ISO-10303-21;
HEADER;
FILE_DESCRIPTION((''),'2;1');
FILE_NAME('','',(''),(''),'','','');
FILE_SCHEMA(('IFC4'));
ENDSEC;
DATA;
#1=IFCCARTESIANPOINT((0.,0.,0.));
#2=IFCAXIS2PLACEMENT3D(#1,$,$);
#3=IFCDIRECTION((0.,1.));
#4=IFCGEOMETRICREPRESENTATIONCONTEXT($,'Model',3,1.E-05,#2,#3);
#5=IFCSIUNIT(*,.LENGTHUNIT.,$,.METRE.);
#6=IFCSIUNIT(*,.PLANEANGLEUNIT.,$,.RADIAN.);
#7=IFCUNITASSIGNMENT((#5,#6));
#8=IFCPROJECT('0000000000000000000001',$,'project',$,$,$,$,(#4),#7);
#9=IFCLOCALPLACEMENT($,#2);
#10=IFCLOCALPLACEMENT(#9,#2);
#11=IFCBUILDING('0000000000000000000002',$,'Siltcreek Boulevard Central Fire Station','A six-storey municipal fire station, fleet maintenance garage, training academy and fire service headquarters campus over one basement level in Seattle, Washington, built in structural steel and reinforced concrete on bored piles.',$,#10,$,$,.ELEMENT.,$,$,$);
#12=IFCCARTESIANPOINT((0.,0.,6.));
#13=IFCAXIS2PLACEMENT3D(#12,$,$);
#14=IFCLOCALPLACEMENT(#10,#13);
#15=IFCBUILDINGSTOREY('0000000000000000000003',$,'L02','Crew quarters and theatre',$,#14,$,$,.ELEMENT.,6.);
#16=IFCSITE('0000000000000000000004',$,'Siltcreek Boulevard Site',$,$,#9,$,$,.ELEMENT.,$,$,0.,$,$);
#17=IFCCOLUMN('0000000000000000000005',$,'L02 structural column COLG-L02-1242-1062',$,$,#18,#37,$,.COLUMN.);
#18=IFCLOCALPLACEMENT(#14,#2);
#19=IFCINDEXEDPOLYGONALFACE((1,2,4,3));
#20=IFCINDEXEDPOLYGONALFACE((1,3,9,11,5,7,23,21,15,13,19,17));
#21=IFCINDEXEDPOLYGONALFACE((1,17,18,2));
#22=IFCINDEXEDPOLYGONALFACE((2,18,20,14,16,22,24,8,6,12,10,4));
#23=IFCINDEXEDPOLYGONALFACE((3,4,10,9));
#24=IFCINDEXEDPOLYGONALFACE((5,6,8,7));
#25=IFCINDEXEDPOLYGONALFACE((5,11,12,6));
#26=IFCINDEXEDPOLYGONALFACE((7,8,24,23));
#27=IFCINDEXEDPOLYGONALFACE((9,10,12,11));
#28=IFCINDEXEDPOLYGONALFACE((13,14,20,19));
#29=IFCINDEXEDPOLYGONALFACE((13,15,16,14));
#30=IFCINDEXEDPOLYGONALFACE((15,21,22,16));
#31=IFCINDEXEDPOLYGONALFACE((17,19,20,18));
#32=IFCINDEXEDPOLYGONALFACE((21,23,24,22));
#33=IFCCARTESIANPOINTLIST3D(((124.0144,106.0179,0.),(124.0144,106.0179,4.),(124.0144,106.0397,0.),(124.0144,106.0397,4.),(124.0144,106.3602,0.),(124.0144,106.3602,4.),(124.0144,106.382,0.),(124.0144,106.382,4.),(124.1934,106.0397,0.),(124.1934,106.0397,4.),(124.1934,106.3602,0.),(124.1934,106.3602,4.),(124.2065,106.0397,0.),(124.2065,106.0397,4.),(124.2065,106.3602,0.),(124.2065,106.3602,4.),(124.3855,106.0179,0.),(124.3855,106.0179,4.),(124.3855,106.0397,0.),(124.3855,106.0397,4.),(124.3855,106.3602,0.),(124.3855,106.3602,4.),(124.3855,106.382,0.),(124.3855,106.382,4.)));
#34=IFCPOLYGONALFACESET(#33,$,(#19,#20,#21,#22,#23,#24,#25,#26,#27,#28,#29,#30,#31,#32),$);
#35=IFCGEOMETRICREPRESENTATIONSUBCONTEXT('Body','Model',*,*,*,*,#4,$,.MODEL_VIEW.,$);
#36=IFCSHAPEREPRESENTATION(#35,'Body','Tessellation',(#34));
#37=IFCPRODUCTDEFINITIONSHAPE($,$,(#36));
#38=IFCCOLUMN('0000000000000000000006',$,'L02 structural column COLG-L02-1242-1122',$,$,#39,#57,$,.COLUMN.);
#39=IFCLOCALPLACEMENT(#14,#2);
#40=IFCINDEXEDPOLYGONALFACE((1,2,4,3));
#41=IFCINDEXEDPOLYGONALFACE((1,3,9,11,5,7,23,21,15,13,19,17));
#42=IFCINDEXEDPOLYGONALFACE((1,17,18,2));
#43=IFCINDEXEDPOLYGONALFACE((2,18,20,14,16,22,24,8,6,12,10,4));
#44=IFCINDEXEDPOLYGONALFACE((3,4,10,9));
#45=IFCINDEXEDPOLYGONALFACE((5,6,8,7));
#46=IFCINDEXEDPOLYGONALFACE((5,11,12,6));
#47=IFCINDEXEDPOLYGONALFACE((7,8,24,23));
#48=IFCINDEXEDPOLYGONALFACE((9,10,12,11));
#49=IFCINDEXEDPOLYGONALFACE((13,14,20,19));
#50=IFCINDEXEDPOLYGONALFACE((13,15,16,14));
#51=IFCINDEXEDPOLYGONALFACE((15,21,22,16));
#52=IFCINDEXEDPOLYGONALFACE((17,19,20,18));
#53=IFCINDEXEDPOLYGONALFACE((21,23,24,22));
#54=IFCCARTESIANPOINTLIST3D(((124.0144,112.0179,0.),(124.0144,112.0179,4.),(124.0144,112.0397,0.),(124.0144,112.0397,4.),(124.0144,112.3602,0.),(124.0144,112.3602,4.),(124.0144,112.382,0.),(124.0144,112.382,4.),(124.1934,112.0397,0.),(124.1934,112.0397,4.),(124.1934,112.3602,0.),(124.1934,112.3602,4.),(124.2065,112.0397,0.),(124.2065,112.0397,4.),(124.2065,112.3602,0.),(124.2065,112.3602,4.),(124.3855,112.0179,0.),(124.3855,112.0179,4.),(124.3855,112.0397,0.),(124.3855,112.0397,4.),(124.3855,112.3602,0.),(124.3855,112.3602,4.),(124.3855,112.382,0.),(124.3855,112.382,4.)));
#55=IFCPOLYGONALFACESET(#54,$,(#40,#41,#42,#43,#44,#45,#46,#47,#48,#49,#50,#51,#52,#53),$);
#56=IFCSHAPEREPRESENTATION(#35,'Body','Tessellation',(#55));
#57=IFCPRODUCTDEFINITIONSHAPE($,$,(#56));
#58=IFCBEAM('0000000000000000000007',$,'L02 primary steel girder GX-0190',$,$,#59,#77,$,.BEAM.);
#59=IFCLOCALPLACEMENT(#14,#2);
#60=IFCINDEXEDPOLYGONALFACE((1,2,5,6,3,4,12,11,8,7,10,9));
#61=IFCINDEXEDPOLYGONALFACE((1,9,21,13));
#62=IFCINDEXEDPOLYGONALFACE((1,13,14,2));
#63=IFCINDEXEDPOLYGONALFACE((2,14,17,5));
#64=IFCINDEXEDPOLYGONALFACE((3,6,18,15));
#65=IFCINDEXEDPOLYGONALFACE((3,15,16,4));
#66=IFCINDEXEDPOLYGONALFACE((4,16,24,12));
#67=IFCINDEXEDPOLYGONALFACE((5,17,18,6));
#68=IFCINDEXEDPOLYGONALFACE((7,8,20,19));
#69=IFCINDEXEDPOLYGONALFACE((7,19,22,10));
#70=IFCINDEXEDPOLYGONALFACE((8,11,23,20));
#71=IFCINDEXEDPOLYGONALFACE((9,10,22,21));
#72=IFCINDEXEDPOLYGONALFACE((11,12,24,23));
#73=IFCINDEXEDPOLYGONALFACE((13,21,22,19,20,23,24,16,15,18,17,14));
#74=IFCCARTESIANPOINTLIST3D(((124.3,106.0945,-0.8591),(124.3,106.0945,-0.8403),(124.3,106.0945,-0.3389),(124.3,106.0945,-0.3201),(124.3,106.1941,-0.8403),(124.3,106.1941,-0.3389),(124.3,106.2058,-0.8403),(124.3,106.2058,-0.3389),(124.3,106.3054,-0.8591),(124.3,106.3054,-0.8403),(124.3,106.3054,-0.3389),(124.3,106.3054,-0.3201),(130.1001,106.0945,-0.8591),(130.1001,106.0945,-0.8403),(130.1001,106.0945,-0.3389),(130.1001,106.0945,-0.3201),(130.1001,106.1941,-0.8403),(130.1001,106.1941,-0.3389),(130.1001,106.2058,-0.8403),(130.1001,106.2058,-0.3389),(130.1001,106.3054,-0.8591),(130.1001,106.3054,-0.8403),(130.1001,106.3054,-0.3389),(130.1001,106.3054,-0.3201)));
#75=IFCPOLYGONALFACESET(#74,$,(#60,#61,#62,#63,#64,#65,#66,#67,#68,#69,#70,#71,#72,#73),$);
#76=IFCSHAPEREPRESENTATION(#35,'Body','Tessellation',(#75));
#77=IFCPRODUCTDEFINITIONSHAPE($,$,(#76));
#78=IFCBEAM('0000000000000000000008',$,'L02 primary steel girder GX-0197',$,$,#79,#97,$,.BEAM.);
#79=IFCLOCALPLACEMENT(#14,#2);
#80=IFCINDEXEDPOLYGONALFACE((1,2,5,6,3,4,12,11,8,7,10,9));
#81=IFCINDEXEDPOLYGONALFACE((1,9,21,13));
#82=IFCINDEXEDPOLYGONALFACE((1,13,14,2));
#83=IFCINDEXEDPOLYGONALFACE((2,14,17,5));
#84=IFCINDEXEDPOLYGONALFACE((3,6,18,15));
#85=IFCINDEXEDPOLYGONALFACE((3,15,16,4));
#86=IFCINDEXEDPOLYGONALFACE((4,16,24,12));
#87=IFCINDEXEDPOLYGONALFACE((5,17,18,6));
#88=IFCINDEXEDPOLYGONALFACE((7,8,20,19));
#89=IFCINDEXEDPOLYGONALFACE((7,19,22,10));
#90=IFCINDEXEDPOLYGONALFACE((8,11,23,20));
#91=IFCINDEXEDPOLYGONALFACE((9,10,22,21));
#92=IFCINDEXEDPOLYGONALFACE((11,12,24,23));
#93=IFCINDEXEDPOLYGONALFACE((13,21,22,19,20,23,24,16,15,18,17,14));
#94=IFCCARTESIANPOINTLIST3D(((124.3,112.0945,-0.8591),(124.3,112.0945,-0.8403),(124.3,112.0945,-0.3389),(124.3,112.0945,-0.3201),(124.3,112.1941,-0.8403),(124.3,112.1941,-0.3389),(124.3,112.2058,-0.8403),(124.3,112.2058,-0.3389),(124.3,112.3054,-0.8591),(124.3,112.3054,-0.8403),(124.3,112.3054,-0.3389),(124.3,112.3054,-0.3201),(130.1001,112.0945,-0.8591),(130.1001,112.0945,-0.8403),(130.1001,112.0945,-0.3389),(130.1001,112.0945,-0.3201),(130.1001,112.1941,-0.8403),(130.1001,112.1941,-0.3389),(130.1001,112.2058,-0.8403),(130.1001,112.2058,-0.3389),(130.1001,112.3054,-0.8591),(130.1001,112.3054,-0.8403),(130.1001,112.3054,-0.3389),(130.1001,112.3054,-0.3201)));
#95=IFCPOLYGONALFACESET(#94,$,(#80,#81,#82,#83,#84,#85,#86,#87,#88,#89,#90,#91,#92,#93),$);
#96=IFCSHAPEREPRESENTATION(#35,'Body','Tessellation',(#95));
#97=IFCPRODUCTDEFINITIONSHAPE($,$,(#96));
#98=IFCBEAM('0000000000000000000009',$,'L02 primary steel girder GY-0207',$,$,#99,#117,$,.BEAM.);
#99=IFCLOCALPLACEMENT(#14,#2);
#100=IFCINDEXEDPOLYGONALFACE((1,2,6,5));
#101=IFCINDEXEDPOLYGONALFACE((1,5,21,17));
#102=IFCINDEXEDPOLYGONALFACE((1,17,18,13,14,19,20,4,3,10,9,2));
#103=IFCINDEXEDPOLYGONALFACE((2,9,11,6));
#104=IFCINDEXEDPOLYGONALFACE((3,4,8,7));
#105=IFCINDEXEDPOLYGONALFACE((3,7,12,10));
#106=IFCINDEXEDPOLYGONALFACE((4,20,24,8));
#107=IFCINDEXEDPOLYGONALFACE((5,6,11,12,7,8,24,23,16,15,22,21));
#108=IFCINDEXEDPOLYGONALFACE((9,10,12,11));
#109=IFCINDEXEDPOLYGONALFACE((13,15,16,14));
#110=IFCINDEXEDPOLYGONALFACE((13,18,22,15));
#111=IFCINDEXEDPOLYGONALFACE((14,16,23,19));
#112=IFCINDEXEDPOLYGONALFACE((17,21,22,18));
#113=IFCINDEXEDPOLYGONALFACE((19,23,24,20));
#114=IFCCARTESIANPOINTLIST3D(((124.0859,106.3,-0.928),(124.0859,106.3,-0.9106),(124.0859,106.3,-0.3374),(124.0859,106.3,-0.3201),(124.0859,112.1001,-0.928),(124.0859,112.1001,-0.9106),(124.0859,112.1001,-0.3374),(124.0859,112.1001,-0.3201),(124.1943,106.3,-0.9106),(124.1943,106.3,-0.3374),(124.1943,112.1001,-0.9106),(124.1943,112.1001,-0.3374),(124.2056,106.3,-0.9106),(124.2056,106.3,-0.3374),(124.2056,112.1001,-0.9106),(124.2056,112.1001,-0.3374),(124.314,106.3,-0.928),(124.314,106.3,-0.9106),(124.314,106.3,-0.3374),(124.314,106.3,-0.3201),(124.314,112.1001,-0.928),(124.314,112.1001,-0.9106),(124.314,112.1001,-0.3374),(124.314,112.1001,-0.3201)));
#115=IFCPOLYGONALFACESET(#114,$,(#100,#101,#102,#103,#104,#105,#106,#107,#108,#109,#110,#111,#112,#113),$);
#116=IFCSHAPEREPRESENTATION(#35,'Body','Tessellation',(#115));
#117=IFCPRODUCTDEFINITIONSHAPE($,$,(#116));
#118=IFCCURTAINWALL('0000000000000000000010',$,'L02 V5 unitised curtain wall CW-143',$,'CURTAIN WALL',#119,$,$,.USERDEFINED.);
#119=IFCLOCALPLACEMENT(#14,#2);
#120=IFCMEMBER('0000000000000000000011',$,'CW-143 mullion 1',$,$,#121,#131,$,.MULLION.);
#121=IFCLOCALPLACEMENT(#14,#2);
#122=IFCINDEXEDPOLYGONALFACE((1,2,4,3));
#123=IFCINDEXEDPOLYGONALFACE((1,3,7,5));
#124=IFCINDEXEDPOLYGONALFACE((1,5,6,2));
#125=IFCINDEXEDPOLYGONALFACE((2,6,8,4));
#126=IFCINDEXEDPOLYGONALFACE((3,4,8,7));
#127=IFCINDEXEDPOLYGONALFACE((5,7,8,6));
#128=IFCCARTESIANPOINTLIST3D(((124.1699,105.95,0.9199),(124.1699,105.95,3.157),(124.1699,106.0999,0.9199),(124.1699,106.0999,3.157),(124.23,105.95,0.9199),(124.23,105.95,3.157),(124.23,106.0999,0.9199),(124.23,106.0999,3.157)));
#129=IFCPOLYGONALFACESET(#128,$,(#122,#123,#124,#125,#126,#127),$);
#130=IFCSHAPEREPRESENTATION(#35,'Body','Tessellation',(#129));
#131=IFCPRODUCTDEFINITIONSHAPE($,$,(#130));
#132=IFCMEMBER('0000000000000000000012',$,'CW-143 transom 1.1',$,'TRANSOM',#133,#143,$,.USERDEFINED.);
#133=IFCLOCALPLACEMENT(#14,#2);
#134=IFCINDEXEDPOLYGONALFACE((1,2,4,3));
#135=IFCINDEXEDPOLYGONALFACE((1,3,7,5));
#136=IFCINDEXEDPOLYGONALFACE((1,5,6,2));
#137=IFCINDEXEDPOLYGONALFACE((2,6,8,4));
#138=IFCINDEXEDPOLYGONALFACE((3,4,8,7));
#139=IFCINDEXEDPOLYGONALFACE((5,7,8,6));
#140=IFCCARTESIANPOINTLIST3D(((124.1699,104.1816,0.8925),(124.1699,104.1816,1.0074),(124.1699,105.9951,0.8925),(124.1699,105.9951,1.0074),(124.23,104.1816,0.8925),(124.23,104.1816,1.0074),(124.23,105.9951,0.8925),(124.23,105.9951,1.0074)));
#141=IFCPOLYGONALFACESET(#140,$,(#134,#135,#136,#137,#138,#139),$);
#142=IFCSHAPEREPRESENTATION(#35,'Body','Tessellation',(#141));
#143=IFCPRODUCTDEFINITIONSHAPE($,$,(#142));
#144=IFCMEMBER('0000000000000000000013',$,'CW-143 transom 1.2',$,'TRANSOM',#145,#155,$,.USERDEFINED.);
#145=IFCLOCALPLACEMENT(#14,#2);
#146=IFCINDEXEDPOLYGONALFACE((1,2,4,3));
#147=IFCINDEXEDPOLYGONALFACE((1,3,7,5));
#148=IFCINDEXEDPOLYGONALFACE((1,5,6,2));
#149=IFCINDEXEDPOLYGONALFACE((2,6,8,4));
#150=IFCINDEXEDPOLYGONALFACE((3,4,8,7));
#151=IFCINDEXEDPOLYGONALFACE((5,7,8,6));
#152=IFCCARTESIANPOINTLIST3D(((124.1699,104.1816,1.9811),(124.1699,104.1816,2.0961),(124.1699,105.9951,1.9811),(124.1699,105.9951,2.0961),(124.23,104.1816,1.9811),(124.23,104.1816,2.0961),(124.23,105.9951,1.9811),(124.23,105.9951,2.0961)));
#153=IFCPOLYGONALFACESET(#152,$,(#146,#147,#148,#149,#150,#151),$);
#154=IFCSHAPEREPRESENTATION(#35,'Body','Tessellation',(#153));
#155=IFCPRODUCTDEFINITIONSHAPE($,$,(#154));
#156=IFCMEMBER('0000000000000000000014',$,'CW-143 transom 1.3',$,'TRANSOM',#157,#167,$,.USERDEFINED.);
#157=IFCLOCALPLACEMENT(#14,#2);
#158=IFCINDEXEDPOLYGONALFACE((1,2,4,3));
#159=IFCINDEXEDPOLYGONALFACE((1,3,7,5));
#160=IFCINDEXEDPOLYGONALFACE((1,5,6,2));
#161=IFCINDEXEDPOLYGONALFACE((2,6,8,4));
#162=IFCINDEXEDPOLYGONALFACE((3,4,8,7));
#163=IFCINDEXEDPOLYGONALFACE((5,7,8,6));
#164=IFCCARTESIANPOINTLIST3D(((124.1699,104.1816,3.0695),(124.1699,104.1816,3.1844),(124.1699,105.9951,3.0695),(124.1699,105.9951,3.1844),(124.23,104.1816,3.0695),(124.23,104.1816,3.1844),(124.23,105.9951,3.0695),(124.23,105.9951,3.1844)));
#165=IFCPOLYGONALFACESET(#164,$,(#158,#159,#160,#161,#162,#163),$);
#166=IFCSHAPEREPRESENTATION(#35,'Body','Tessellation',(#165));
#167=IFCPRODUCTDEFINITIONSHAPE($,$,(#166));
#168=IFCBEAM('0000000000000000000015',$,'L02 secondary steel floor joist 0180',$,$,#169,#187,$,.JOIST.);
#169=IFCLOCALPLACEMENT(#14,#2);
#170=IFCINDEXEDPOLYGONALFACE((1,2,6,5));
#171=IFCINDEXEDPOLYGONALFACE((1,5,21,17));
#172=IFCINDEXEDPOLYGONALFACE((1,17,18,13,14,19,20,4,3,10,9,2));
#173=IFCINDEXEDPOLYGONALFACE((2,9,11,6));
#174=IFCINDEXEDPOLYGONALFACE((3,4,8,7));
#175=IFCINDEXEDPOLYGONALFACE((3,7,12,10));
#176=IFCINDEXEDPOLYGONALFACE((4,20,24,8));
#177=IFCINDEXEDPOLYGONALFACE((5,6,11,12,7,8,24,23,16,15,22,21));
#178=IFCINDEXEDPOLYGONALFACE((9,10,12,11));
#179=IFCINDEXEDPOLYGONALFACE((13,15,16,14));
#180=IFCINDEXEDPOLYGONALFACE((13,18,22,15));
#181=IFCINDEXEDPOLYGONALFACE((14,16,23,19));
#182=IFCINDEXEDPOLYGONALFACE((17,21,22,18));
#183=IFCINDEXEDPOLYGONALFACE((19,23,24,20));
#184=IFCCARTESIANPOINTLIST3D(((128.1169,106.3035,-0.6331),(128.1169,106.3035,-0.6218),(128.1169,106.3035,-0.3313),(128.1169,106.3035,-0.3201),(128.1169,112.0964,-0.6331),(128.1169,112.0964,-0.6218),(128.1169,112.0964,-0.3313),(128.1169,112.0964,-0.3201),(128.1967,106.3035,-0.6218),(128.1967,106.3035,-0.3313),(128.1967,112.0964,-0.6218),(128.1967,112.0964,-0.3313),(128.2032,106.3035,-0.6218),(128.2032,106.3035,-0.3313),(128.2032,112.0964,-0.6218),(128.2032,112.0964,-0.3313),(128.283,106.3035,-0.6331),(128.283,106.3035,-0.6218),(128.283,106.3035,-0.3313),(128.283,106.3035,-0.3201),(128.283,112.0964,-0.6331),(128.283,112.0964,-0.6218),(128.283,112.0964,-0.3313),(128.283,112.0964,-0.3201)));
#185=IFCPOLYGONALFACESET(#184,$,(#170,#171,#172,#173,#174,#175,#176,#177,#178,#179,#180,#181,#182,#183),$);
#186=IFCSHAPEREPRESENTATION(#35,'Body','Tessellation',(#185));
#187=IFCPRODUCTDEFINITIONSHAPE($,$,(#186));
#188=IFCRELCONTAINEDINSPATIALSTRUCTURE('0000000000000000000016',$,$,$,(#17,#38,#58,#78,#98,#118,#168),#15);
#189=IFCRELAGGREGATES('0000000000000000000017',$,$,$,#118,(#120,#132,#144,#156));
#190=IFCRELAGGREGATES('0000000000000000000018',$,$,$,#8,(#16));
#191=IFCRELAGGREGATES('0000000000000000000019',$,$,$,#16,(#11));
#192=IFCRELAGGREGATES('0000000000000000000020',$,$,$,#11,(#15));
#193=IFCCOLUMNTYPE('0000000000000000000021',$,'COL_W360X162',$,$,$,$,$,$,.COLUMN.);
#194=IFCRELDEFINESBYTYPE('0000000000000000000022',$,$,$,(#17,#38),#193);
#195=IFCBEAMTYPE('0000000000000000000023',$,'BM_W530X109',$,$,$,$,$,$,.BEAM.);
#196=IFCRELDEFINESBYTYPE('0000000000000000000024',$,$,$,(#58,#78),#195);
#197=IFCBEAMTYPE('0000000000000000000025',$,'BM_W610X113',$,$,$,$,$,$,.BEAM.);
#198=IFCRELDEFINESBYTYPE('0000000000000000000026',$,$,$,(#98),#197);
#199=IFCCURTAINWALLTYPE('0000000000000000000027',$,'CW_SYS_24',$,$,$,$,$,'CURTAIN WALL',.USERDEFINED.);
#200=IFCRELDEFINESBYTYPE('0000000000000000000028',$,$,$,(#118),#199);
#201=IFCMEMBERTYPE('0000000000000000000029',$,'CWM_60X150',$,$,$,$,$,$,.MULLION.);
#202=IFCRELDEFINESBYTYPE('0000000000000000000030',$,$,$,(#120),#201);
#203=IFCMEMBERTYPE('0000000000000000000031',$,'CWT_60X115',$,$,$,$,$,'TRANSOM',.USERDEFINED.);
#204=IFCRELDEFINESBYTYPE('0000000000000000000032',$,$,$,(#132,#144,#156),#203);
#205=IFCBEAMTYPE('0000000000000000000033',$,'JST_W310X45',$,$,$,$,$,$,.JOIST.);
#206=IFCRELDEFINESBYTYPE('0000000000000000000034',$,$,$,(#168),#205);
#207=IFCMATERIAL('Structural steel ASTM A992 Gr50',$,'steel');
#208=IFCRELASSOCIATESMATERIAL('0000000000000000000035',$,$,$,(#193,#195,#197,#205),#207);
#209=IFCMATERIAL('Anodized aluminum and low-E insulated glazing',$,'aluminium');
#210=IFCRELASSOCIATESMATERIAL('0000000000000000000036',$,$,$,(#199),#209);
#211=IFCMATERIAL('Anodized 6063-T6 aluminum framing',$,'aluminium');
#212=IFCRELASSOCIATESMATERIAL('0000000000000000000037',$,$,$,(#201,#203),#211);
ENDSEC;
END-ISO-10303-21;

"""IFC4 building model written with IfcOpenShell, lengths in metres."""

from ifc_helpers import new_model, si_unit, direction, frame, origin, origin_2d, place, context, subcontext, project, spatial, rectangle, i_section, extrude, material, material_profile, profile_set, type_object, element, aggregate, save


model = new_model("IFC4")

# Units and contexts
model_context = context("Model", 3, precision=1e-05, world=origin(), true_north=direction((0.0, 1.0)))
body_context = subcontext(model_context, "Body", "Model", "MODEL_VIEW")
ifc_project = project(units=[si_unit("LENGTHUNIT", "METRE"), si_unit("PLANEANGLEUNIT", "RADIAN")], contexts=[model_context])

# Site, building, storey
site_placement = place(None, origin())
site = spatial("IfcSite", under=ifc_project, at=site_placement, Name="Siltcreek Boulevard Site", CompositionType="ELEMENT", RefElevation=0.0)
building_placement = place(site_placement, origin())
building = spatial("IfcBuilding", under=site, at=building_placement, Name="Siltcreek Boulevard Central Fire Station", Description="A six-storey municipal fire station, fleet maintenance garage, training academy and fire service headquarters campus over one basement level in Seattle, Washington, built in structural steel and reinforced concrete on bored piles.", CompositionType="ELEMENT")
storey_placement = place(building_placement, frame((0.0, 0.0, 6.0)))
storey = spatial("IfcBuildingStorey", under=building, at=storey_placement, Name="L02", Description="Crew quarters and theatre", CompositionType="ELEMENT", Elevation=6.0)

# Columns
ifc_material_1 = material(Name="Structural steel ASTM A992 Gr50", Category="steel")
ifc_material_profile_1 = material_profile(ifc_material_1, i_section(OverallWidth=0.3711, OverallDepth=0.364, WebThickness=0.0132, FlangeThickness=0.0217, at=origin_2d()), Name="W360X162")
ifc_profile_set_1 = profile_set([ifc_material_profile_1], Name="Structural steel ASTM A992 Gr50")
column_type = type_object("IfcColumnType", Name="COL_W360X162", PredefinedType="COLUMN", material=ifc_profile_set_1)
for number, where, z_axis, x_axis, name in (
    (1, (124.2, 106.2, 0.0), (0.0, 0.0, 1.0), (1.0, 0.0, 0.0), "L02 structural column COLG-L02-1242-1062"),
    (2, (124.2, 112.2, 0.0), (0.0, 0.0, 1.0), (1.0, 0.0, 0.0), "L02 structural column COLG-L02-1242-1122"),
):
    element("IfcColumn", number, at=place(storey_placement, frame(where, z_axis=z_axis, x_axis=x_axis)), inside=storey, type_object=column_type, Name=name, PredefinedType="COLUMN", context=body_context, shape_type="SweptSolid", body=[
        extrude(i_section(OverallWidth=0.3711, OverallDepth=0.364, WebThickness=0.0132, FlangeThickness=0.0217, at=origin_2d()), origin(), (0.0, 0.0, 1.0), 4.0),
    ])

# Beams
ifc_material_profile_2 = material_profile(ifc_material_1, i_section(OverallWidth=0.2109, OverallDepth=0.5391, WebThickness=0.0117, FlangeThickness=0.0188, at=origin_2d()), Name="W530X109")
ifc_profile_set_2 = profile_set([ifc_material_profile_2], Name="Structural steel ASTM A992 Gr50")
beam_type_1 = type_object("IfcBeamType", Name="BM_W530X109", PredefinedType="BEAM", material=ifc_profile_set_2)
for number, where, z_axis, x_axis, name in (
    (3, (124.3, 106.2, -0.5896), (1.0, 0.0, 0.0), (0.0, 1.0, 0.0), "L02 primary steel girder GX-0190"),
    (4, (124.3, 112.2, -0.5896), (1.0, 0.0, 0.0), (0.0, 1.0, 0.0), "L02 primary steel girder GX-0197"),
):
    element("IfcBeam", number, at=place(storey_placement, frame(where, z_axis=z_axis, x_axis=x_axis)), inside=storey, type_object=beam_type_1, Name=name, PredefinedType="BEAM", context=body_context, shape_type="SweptSolid", body=[
        extrude(i_section(OverallWidth=0.2109, OverallDepth=0.5391, WebThickness=0.0117, FlangeThickness=0.0188, at=origin_2d()), origin(), (0.0, 0.0, 1.0), 5.8),
    ])
ifc_material_profile_3 = material_profile(ifc_material_1, i_section(OverallWidth=0.228, OverallDepth=0.6079, WebThickness=0.0112, FlangeThickness=0.0173, at=origin_2d()), Name="W610X113")
ifc_profile_set_3 = profile_set([ifc_material_profile_3], Name="Structural steel ASTM A992 Gr50")
beam_type_2 = type_object("IfcBeamType", Name="BM_W610X113", PredefinedType="BEAM", material=ifc_profile_set_3)
beam_1_placement = place(storey_placement, frame((124.2, 106.3, -0.624), z_axis=(0.0, 1.0, 0.0), x_axis=(-1.0, 0.0, 0.0)))
element("IfcBeam", 5, at=beam_1_placement, inside=storey, type_object=beam_type_2, Name="L02 primary steel girder GY-0207", PredefinedType="BEAM", context=body_context, shape_type="SweptSolid", body=[
    extrude(i_section(OverallWidth=0.228, OverallDepth=0.6079, WebThickness=0.0112, FlangeThickness=0.0173, at=origin_2d()), origin(), (0.0, 0.0, 1.0), 5.8),
])

# Curtain wall, members
ifc_material_2 = material(Name="Anodized aluminum and low-E insulated glazing", Category="aluminium")
curtain_wall_type = type_object("IfcCurtainWallType", Name="CW_SYS_24", ElementType="CURTAIN WALL", PredefinedType="USERDEFINED", material=ifc_material_2)
curtain_wall_placement = place(storey_placement, origin())
curtain_wall = element("IfcCurtainWall", 6, at=curtain_wall_placement, inside=storey, type_object=curtain_wall_type, Name="L02 V5 unitised curtain wall CW-143", ObjectType="CURTAIN WALL", PredefinedType="USERDEFINED")
ifc_material_3 = material(Name="Anodized 6063-T6 aluminum framing", Category="aluminium")
ifc_material_profile_4 = material_profile(ifc_material_3, rectangle(XDim=0.0601, YDim=0.1499, at=origin_2d()), Name="MULL60X150")
ifc_profile_set_4 = profile_set([ifc_material_profile_4], Name="Anodized 6063-T6 aluminum framing")
member_type_1 = type_object("IfcMemberType", Name="CWM_60X150", PredefinedType="MULLION", material=ifc_profile_set_4)
member_1_placement = place(storey_placement, frame((124.2, 106.0249, 0.9199), z_axis=(0.0, 0.0, 1.0), x_axis=(1.0, 0.0, 0.0)))
member_1 = element("IfcMember", 7, at=member_1_placement, type_object=member_type_1, Name="CW-143 mullion 1", PredefinedType="MULLION", context=body_context, shape_type="SweptSolid", body=[
    extrude(rectangle(XDim=0.0601, YDim=0.1499, at=origin_2d()), origin(), (0.0, 0.0, 1.0), 2.2371),
])
ifc_material_profile_5 = material_profile(ifc_material_3, rectangle(XDim=0.0601, YDim=0.115, at=origin_2d()), Name="TRAN60X115")
ifc_profile_set_5 = profile_set([ifc_material_profile_5], Name="Anodized 6063-T6 aluminum framing")
member_type_2 = type_object("IfcMemberType", Name="CWT_60X115", ElementType="TRANSOM", PredefinedType="USERDEFINED", material=ifc_profile_set_5)
member_2_placement = place(storey_placement, frame((124.2, 105.9951, 0.95), z_axis=(0.0, -1.0, 0.0), x_axis=(1.0, 0.0, 0.0)))
member_2 = element("IfcMember", 8, at=member_2_placement, type_object=member_type_2, Name="CW-143 transom 1.1", ObjectType="TRANSOM", PredefinedType="USERDEFINED", context=body_context, shape_type="SweptSolid", body=[
    extrude(rectangle(XDim=0.0601, YDim=0.115, at=origin_2d()), origin(), (0.0, 0.0, 1.0), 1.8135),
])
member_3_placement = place(storey_placement, frame((124.2, 105.9951, 2.0386), z_axis=(0.0, -1.0, 0.0), x_axis=(1.0, 0.0, 0.0)))
member_3 = element("IfcMember", 9, at=member_3_placement, type_object=member_type_2, Name="CW-143 transom 1.2", ObjectType="TRANSOM", PredefinedType="USERDEFINED", context=body_context, shape_type="SweptSolid", body=[
    extrude(rectangle(XDim=0.0601, YDim=0.115, at=origin_2d()), origin(), (0.0, 0.0, 1.0), 1.8135),
])
member_4_placement = place(storey_placement, frame((124.2, 105.9951, 3.127), z_axis=(0.0, -1.0, 0.0), x_axis=(1.0, 0.0, 0.0)))
member_4 = element("IfcMember", 10, at=member_4_placement, type_object=member_type_2, Name="CW-143 transom 1.3", ObjectType="TRANSOM", PredefinedType="USERDEFINED", context=body_context, shape_type="SweptSolid", body=[
    extrude(rectangle(XDim=0.0601, YDim=0.115, at=origin_2d()), origin(), (0.0, 0.0, 1.0), 1.8135),
])
aggregate(curtain_wall, [member_1, member_2, member_3, member_4])

# Beam
ifc_material_profile_6 = material_profile(ifc_material_1, i_section(OverallWidth=0.166, OverallDepth=0.313, WebThickness=0.0066, FlangeThickness=0.0112, at=origin_2d()), Name="W310X45")
ifc_profile_set_6 = profile_set([ifc_material_profile_6], Name="Structural steel ASTM A992 Gr50")
beam_type_3 = type_object("IfcBeamType", Name="JST_W310X45", PredefinedType="JOIST", material=ifc_profile_set_6)
beam_2_placement = place(storey_placement, frame((128.2, 106.3035, -0.4766), z_axis=(0.0, 1.0, 0.0), x_axis=(-1.0, 0.0, 0.0)))
element("IfcBeam", 11, at=beam_2_placement, inside=storey, type_object=beam_type_3, Name="L02 secondary steel floor joist 0180", PredefinedType="JOIST", context=body_context, shape_type="SweptSolid", body=[
    extrude(i_section(OverallWidth=0.166, OverallDepth=0.313, WebThickness=0.0066, FlangeThickness=0.0112, at=origin_2d()), origin(), (0.0, 0.0, 1.0), 5.793),
])

save(model, "model.ifc")
